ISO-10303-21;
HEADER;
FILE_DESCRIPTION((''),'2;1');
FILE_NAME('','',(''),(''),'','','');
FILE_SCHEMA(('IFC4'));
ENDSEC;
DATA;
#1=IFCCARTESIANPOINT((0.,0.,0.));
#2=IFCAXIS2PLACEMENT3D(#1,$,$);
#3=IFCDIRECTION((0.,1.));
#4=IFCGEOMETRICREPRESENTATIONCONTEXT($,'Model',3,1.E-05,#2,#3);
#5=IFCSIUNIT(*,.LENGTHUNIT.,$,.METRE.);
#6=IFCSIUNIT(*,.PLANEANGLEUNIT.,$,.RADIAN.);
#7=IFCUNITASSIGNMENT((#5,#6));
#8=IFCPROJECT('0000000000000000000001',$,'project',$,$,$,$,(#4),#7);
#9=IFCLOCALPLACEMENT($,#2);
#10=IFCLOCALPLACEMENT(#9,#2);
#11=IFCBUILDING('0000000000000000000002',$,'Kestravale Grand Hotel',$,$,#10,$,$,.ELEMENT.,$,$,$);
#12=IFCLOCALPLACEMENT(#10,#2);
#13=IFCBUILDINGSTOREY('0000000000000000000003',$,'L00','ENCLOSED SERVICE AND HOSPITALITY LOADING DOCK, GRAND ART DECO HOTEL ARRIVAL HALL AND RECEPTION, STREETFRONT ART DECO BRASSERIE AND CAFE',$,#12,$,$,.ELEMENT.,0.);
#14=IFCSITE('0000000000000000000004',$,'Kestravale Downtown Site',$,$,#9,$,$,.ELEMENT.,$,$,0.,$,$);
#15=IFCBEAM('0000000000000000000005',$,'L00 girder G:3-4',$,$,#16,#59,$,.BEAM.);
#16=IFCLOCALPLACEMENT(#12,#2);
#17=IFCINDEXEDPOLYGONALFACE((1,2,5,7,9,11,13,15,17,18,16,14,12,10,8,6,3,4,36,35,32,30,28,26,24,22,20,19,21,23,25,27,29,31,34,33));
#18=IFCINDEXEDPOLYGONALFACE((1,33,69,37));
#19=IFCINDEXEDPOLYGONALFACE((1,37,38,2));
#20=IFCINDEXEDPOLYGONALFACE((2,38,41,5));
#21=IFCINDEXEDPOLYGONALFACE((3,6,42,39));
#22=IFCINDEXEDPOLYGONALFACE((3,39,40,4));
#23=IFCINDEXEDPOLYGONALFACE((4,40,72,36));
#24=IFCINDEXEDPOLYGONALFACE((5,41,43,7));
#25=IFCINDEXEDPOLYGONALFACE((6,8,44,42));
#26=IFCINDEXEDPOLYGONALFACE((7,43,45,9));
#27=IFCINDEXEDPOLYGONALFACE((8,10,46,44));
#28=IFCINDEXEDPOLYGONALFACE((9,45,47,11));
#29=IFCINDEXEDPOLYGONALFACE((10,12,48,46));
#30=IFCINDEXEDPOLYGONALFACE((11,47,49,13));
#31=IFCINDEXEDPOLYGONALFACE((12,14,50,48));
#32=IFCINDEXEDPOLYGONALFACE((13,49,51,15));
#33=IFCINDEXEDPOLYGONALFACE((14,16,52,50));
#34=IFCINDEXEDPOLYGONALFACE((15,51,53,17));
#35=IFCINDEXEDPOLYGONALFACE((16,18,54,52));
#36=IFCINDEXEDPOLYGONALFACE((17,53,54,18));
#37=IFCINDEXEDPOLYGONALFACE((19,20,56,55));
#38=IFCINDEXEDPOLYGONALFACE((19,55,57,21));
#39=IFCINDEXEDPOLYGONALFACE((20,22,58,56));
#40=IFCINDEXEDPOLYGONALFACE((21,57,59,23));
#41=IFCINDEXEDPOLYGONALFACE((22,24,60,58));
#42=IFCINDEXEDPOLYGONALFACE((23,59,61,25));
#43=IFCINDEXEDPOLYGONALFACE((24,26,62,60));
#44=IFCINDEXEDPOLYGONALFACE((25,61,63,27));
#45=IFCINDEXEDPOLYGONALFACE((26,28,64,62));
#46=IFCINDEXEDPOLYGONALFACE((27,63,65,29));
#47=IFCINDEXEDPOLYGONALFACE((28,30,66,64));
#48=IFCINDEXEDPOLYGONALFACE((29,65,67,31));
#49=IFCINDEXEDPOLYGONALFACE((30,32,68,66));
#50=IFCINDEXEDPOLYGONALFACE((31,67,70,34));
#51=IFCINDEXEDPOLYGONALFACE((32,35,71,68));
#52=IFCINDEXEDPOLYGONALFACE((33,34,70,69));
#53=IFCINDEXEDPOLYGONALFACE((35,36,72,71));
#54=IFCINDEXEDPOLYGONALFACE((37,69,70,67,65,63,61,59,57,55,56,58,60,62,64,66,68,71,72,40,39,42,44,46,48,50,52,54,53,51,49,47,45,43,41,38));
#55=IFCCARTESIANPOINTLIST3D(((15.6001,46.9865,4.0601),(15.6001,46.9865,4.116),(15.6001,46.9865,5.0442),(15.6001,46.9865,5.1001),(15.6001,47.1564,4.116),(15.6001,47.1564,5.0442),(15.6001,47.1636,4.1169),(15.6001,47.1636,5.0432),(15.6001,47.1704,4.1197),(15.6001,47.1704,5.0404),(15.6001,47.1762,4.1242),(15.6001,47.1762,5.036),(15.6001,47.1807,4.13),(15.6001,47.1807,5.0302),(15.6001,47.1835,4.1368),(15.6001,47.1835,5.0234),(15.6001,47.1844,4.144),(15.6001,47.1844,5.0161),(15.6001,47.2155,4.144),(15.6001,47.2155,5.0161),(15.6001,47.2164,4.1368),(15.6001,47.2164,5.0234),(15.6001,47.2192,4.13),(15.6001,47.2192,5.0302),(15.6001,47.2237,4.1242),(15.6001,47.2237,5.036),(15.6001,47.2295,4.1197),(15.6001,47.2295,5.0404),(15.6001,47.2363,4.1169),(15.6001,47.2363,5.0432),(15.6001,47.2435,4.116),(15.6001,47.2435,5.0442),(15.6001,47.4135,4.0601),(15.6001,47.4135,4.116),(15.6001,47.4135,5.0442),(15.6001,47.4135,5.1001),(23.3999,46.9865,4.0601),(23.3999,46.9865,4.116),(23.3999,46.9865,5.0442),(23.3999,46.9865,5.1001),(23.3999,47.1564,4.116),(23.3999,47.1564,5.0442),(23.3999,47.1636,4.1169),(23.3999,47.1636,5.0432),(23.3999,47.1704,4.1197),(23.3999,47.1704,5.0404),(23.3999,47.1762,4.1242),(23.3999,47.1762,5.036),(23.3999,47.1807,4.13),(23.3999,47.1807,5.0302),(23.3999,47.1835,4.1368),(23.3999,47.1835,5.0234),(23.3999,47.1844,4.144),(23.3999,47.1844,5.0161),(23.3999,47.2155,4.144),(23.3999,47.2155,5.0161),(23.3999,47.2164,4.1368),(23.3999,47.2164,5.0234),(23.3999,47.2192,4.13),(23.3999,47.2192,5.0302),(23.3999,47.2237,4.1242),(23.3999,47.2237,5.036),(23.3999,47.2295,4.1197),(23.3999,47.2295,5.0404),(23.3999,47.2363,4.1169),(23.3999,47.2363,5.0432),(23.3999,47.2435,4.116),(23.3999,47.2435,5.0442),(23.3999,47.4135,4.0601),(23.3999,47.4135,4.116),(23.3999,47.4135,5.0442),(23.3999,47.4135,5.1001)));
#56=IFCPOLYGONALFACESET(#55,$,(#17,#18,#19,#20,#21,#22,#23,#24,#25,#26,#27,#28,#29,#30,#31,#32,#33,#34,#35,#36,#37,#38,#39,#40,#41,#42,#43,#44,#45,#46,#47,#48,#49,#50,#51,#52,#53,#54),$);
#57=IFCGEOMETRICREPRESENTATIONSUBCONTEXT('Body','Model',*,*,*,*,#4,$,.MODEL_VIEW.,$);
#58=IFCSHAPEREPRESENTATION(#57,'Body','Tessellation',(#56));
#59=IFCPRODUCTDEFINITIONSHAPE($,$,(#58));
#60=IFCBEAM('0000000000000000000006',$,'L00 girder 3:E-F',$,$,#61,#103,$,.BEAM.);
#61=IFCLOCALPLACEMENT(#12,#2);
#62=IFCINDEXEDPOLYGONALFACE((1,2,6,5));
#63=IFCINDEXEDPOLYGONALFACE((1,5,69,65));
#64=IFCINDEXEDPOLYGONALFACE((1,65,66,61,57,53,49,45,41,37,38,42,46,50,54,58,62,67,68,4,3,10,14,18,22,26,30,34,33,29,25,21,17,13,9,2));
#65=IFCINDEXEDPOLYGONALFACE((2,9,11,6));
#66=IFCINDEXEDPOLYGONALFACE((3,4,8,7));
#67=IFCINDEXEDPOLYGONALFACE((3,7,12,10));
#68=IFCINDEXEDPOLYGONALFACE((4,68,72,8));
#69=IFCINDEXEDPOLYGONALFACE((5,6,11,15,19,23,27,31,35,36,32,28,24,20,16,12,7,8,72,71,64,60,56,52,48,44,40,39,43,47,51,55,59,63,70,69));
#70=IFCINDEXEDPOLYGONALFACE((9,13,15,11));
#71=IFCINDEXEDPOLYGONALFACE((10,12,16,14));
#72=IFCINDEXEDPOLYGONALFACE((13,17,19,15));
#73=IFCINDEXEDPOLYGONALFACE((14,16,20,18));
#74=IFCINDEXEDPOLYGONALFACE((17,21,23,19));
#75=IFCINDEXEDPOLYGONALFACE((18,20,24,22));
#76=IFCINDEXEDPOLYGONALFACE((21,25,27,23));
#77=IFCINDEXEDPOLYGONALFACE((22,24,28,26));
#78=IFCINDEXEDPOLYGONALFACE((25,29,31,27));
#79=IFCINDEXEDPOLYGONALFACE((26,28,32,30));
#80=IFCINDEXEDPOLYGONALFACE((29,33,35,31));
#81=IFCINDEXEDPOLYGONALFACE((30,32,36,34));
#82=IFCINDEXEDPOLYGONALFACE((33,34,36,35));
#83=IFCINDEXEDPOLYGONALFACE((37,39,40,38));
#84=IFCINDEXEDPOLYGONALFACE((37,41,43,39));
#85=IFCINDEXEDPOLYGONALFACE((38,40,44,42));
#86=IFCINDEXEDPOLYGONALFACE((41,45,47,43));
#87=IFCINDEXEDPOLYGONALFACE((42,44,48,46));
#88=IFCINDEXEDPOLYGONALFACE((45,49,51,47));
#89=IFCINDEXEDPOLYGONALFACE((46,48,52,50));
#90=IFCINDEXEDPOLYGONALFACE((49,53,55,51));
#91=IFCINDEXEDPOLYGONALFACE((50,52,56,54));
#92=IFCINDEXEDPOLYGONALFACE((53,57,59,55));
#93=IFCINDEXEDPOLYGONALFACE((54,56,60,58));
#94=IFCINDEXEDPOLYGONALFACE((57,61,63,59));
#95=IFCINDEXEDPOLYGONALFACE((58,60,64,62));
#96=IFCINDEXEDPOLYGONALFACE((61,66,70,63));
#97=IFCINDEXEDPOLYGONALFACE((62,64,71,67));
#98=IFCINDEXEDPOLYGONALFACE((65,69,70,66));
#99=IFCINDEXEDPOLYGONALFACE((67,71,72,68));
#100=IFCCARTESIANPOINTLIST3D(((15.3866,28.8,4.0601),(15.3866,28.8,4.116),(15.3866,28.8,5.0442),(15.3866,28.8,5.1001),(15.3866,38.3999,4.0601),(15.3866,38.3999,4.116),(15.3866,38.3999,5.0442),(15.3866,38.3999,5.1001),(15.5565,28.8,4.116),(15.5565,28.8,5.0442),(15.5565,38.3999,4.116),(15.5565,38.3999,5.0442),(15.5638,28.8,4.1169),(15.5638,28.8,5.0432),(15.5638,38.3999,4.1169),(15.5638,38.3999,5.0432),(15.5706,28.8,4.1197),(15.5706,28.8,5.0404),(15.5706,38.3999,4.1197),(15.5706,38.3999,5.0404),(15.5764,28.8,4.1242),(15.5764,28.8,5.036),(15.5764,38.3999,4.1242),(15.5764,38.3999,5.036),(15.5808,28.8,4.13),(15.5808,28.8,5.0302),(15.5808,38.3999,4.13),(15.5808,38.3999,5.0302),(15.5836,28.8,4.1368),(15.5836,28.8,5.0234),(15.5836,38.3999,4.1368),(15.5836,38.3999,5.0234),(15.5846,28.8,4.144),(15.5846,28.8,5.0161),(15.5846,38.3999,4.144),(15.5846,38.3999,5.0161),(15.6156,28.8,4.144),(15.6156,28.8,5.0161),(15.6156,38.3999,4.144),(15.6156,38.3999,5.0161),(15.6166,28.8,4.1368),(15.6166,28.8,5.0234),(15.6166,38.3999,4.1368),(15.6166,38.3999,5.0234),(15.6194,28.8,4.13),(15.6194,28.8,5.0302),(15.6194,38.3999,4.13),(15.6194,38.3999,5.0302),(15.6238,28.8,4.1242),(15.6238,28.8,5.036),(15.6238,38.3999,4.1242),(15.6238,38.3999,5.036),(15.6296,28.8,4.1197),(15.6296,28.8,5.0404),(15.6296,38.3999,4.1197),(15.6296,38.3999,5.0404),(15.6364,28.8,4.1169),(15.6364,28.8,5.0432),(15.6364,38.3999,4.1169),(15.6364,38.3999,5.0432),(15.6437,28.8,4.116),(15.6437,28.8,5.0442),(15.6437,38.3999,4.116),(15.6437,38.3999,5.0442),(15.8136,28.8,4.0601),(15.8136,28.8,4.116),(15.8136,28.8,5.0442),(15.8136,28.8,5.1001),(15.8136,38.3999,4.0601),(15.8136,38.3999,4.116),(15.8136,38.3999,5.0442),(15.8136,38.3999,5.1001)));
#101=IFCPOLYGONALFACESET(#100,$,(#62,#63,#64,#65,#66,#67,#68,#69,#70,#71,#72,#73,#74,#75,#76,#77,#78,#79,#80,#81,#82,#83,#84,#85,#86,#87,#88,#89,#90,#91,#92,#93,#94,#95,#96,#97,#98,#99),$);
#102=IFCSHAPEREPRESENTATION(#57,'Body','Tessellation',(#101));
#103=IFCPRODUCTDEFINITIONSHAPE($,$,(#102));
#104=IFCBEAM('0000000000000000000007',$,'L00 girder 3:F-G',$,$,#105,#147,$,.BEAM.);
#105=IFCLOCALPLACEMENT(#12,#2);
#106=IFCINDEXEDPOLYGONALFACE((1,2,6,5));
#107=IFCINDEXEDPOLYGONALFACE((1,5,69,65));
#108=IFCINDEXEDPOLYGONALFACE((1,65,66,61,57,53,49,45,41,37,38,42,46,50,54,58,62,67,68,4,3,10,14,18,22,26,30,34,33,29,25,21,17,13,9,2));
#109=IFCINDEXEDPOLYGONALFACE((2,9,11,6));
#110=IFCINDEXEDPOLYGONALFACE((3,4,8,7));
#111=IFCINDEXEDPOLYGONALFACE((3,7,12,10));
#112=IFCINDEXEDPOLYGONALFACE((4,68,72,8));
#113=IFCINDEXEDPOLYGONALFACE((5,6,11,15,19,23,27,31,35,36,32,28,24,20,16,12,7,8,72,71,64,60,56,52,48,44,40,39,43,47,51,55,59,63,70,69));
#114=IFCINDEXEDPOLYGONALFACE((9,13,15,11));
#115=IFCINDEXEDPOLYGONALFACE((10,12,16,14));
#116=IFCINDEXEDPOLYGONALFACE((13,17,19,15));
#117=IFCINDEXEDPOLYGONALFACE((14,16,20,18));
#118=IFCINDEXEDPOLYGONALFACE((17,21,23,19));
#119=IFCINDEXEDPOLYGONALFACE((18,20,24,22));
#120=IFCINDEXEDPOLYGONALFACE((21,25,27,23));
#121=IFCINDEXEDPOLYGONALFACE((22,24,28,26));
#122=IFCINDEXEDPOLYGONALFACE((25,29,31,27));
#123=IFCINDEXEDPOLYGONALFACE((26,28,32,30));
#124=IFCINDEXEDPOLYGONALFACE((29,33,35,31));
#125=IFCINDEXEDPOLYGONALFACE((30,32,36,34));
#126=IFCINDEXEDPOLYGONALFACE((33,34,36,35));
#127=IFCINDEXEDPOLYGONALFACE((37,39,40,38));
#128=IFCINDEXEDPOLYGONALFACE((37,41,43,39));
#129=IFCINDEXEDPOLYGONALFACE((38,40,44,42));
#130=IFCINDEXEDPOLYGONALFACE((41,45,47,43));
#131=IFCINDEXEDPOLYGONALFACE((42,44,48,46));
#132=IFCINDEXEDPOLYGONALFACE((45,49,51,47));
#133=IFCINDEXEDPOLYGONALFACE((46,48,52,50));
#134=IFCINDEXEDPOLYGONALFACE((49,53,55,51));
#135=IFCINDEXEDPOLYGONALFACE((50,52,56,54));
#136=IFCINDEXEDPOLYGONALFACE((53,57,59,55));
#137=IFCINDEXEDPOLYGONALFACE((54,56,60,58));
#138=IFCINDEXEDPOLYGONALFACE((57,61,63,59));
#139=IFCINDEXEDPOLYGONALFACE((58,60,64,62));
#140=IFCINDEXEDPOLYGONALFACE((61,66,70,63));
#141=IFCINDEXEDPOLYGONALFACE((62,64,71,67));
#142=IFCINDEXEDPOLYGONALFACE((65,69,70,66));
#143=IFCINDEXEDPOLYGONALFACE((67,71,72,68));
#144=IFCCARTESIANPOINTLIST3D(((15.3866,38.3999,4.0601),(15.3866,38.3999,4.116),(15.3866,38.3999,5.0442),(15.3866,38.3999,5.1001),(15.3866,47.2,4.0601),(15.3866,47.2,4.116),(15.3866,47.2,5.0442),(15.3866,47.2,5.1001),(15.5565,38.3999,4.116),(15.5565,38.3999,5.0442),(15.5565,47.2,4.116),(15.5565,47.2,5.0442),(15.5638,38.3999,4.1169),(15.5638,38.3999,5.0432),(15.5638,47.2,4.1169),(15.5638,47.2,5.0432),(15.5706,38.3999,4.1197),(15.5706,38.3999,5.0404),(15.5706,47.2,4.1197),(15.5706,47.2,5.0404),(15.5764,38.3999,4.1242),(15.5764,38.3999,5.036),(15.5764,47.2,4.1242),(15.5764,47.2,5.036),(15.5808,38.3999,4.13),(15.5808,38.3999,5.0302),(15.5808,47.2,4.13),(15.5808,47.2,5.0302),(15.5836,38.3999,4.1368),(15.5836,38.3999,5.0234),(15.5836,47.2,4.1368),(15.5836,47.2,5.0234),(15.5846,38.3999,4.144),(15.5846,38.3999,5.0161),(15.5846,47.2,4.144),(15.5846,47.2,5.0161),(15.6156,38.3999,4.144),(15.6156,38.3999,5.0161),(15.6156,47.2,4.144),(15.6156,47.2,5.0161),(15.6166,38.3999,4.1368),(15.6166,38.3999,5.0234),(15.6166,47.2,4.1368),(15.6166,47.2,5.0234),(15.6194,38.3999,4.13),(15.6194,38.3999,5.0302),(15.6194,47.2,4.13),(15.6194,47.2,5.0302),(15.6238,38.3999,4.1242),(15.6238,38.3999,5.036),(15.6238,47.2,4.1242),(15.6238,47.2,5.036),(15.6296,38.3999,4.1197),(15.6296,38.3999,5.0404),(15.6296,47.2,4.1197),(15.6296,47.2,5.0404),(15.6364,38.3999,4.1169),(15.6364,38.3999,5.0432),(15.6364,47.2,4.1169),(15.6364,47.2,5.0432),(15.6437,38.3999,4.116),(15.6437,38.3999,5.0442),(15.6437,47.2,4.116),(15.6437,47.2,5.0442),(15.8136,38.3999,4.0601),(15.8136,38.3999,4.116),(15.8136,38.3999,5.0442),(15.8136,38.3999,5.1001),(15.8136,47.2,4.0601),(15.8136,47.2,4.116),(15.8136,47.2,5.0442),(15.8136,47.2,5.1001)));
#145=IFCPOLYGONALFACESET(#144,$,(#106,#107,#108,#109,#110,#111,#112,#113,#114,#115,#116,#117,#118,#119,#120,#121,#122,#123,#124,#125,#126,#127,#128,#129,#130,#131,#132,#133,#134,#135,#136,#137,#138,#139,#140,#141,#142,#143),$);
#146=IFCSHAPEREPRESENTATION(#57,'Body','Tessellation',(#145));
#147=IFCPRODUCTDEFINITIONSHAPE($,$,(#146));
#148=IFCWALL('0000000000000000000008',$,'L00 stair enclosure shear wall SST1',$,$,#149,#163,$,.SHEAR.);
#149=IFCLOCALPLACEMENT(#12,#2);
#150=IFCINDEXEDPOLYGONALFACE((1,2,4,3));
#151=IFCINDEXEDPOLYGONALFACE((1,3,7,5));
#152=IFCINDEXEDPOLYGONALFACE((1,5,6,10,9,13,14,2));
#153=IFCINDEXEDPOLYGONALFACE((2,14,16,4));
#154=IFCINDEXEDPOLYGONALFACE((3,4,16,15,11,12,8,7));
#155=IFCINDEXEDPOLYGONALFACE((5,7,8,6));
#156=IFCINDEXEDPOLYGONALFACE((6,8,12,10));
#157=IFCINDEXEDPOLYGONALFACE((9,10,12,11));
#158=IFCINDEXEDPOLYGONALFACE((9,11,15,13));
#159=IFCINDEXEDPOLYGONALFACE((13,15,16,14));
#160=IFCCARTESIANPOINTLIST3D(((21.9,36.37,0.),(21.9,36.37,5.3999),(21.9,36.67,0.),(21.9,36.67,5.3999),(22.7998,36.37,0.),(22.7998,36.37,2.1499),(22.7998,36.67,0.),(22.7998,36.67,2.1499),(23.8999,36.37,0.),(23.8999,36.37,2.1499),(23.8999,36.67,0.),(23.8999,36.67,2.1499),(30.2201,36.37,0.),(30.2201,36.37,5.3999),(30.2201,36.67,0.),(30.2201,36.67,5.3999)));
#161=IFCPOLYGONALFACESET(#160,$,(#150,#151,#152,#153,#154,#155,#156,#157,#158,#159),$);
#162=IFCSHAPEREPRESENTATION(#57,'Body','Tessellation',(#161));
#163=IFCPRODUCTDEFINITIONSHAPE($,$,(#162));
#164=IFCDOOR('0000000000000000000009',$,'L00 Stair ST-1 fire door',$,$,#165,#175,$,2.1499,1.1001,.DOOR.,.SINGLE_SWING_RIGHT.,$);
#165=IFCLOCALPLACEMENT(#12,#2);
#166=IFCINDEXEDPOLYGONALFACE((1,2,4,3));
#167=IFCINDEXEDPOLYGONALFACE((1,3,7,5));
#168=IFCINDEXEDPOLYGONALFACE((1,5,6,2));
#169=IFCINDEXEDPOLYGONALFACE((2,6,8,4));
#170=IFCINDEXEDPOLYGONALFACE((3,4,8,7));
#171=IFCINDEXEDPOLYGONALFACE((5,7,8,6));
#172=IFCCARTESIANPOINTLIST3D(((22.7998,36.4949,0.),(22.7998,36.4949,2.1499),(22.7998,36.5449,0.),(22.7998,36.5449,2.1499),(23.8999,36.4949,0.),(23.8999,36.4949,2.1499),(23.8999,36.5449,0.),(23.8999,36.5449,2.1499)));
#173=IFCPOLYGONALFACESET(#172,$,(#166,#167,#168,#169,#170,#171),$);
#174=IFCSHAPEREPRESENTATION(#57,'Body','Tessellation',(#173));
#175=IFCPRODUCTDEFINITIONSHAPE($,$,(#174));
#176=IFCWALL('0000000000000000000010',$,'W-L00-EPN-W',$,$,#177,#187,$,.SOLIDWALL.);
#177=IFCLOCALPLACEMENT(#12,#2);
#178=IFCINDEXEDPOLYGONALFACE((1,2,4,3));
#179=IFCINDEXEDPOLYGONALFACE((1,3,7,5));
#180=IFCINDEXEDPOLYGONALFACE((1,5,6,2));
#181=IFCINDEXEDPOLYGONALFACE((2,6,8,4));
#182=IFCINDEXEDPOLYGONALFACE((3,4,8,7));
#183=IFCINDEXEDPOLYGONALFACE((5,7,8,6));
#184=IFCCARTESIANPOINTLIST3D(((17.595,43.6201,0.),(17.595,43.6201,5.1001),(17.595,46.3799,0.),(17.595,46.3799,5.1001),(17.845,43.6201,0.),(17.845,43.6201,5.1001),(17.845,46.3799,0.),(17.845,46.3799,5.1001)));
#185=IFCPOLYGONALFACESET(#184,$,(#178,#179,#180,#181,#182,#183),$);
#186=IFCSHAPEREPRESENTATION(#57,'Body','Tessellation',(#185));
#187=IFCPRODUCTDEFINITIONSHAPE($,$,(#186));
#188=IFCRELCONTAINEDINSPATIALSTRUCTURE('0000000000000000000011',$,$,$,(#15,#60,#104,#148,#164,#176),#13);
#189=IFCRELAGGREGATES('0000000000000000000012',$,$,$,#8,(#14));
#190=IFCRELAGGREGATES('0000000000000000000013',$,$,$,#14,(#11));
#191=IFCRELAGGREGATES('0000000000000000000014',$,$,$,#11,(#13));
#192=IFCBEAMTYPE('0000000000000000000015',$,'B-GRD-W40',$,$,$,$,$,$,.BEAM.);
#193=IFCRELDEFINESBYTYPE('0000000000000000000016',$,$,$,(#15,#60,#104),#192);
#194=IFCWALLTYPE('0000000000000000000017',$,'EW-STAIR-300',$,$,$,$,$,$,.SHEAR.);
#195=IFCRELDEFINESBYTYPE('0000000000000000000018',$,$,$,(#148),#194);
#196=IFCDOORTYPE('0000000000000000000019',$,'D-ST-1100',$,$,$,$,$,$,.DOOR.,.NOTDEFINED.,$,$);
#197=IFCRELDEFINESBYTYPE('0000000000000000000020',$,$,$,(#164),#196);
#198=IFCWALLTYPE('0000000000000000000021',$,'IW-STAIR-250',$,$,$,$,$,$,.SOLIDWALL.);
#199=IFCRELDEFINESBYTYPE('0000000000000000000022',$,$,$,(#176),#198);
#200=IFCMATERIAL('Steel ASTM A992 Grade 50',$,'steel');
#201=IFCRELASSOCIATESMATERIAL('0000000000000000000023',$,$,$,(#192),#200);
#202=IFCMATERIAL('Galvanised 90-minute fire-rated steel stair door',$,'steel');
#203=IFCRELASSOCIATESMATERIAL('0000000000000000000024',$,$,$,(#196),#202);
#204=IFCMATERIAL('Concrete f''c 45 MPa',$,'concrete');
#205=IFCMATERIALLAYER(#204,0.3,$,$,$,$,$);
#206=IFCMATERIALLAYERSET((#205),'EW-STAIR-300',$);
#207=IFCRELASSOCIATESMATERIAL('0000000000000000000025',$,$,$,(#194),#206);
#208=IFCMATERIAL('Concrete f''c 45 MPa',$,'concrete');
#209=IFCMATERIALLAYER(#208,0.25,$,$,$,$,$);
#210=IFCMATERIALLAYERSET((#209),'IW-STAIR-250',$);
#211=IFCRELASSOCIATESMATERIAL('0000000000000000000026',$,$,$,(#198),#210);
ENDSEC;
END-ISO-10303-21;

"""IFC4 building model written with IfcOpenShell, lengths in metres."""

from ifc_helpers import new_model, si_unit, direction, frame, frame_2d, origin, origin_2d, place, context, subcontext, project, spatial, rectangle, i_section, extrude, material, layer, layer_set, material_profile, profile_set, type_object, element, fill, save


model = new_model("IFC4")

# Units and contexts
model_context = context("Model", 3, precision=1e-05, world=origin(), true_north=direction((0.0, 1.0)))
body_context = subcontext(model_context, "Body", "Model", "MODEL_VIEW")
ifc_project = project(units=[si_unit("LENGTHUNIT", "METRE"), si_unit("PLANEANGLEUNIT", "RADIAN")], contexts=[model_context])

# Site, building, storey
site_placement = place(None, origin())
site = spatial("IfcSite", under=ifc_project, at=site_placement, Name="Kestravale Downtown Site", CompositionType="ELEMENT", RefElevation=0.0)
building_placement = place(site_placement, origin())
building = spatial("IfcBuilding", under=site, at=building_placement, Name="Kestravale Grand Hotel", CompositionType="ELEMENT")
storey_placement = place(building_placement, origin())
storey = spatial("IfcBuildingStorey", under=building, at=storey_placement, Name="L00", Description="ENCLOSED SERVICE AND HOSPITALITY LOADING DOCK, GRAND ART DECO HOTEL ARRIVAL HALL AND RECEPTION, STREETFRONT ART DECO BRASSERIE AND CAFE", CompositionType="ELEMENT", Elevation=0.0)

# Beams
ifc_material_1 = material(Name="Steel ASTM A992 Grade 50", Category="steel")
ifc_material_profile_1 = material_profile(ifc_material_1, i_section(OverallWidth=0.427, OverallDepth=1.04, WebThickness=0.031, FlangeThickness=0.0559, FilletRadius=0.0281, at=origin_2d()))
ifc_profile_set_1 = profile_set([ifc_material_profile_1], Name="Steel ASTM A992 Grade 50")
beam_type_1 = type_object("IfcBeamType", Name="B-GRD-W40", PredefinedType="BEAM", material=ifc_profile_set_1)
beam_1_placement = place(storey_placement, frame((15.6001, 47.2, 4.5801), z_axis=(1.0, 0.0, 0.0), x_axis=(0.0, 1.0, 0.0)))
element("IfcBeam", 1, at=beam_1_placement, inside=storey, type_object=beam_type_1, Name="L00 girder G:3-4", PredefinedType="BEAM", context=body_context, shape_type="SweptSolid", body=[
    extrude(i_section(OverallWidth=0.427, OverallDepth=1.04, WebThickness=0.031, FlangeThickness=0.0559, FilletRadius=0.0281, at=origin_2d()), origin(), (0.0, 0.0, 1.0), 7.7998),
])
beam_2_placement = place(storey_placement, frame((15.6001, 28.8, 4.5801), z_axis=(0.0, 1.0, 0.0), x_axis=(-1.0, 0.0, 0.0)))
element("IfcBeam", 2, at=beam_2_placement, inside=storey, type_object=beam_type_1, Name="L00 girder 3:E-F", PredefinedType="BEAM", context=body_context, shape_type="SweptSolid", body=[
    extrude(i_section(OverallWidth=0.427, OverallDepth=1.04, WebThickness=0.031, FlangeThickness=0.0559, FilletRadius=0.0281, at=origin_2d()), origin(), (0.0, 0.0, 1.0), 9.5999),
])
beam_3_placement = place(storey_placement, frame((15.6001, 38.3999, 4.5801), z_axis=(0.0, 1.0, 0.0), x_axis=(-1.0, 0.0, 0.0)))
element("IfcBeam", 3, at=beam_3_placement, inside=storey, type_object=beam_type_1, Name="L00 girder 3:F-G", PredefinedType="BEAM", context=body_context, shape_type="SweptSolid", body=[
    extrude(i_section(OverallWidth=0.427, OverallDepth=1.04, WebThickness=0.031, FlangeThickness=0.0559, FilletRadius=0.0281, at=origin_2d()), origin(), (0.0, 0.0, 1.0), 8.8),
])

# Wall, opening, door
ifc_material_2 = material(Name="Galvanised 90-minute fire-rated steel stair door", Category="steel")
door_type_1 = type_object("IfcDoorType", Name="D-ST-1100", OperationType="NOTDEFINED", PredefinedType="DOOR", material=ifc_material_2)
ifc_material_3 = material(Name="Concrete f'c 45 MPa", Category="concrete")
ifc_layer_1 = layer(ifc_material_3, 0.3)
ifc_layer_set_1 = layer_set([ifc_layer_1], Name="EW-STAIR-300")
wall_type_1 = type_object("IfcWallType", Name="EW-STAIR-300", PredefinedType="SHEAR", material=ifc_layer_set_1)
wall_1_placement = place(storey_placement, frame((21.8999, 36.52, 0.0), z_axis=(0.0, 0.0, 1.0), x_axis=(1.0, 0.0, 0.0)))
wall_1 = element("IfcWall", 4, at=wall_1_placement, inside=storey, type_object=wall_type_1, Name="L00 stair enclosure shear wall SST1", PredefinedType="SHEAR", context=body_context, shape_type="SweptSolid", body=[
    extrude(rectangle(XDim=8.3201, YDim=0.3, at=frame_2d((4.1602, 0.0))), origin(), (0.0, 0.0, 1.0), 5.3999),
])
opening_1_placement = place(wall_1_placement, frame((0.8999, 0.0, 0.0)))
opening_1 = element("IfcOpeningElement", 5, at=opening_1_placement, cuts=wall_1, PredefinedType="OPENING", context=body_context, shape_type="SweptSolid", body=[
    extrude(rectangle(XDim=1.1001, YDim=2.1499, at=frame_2d((0.55, 1.075))), frame((0.0, 0.1599, 0.0), z_axis=(0.0, -1.0, 0.0), x_axis=(1.0, 0.0, 0.0)), (0.0, 0.0, 1.0), 0.3201),
])
door_1_placement = place(opening_1_placement, origin())
door_1 = element("IfcDoor", 6, at=door_1_placement, inside=storey, type_object=door_type_1, Name="L00 Stair ST-1 fire door", OperationType="SINGLE_SWING_RIGHT", OverallHeight=2.1499, OverallWidth=1.1001, PredefinedType="DOOR", context=body_context, shape_type="SweptSolid", body=[
    extrude(rectangle(XDim=1.1001, YDim=2.1499, at=frame_2d((0.55, 1.075))), frame((0.0, 0.0249, 0.0), z_axis=(0.0, -1.0, 0.0), x_axis=(1.0, 0.0, 0.0)), (0.0, 0.0, 1.0), 0.05),
])
fill(opening_1, door_1)

# Wall
ifc_material_4 = material(Name="Concrete f'c 45 MPa", Category="concrete")
ifc_layer_2 = layer(ifc_material_4, 0.25)
ifc_layer_set_2 = layer_set([ifc_layer_2], Name="IW-STAIR-250")
wall_type_2 = type_object("IfcWallType", Name="IW-STAIR-250", PredefinedType="SOLIDWALL", material=ifc_layer_set_2)
wall_2_placement = place(storey_placement, frame((17.72, 43.6201, 0.0), z_axis=(0.0, 0.0, 1.0), x_axis=(0.0, 1.0, 0.0)))
element("IfcWall", 7, at=wall_2_placement, inside=storey, type_object=wall_type_2, Name="W-L00-EPN-W", PredefinedType="SOLIDWALL", context=body_context, shape_type="SweptSolid", body=[
    extrude(rectangle(XDim=2.7598, YDim=0.25, at=frame_2d((1.3799, 0.0))), origin(), (0.0, 0.0, 1.0), 5.1001),
])

save(model, "model.ifc")
